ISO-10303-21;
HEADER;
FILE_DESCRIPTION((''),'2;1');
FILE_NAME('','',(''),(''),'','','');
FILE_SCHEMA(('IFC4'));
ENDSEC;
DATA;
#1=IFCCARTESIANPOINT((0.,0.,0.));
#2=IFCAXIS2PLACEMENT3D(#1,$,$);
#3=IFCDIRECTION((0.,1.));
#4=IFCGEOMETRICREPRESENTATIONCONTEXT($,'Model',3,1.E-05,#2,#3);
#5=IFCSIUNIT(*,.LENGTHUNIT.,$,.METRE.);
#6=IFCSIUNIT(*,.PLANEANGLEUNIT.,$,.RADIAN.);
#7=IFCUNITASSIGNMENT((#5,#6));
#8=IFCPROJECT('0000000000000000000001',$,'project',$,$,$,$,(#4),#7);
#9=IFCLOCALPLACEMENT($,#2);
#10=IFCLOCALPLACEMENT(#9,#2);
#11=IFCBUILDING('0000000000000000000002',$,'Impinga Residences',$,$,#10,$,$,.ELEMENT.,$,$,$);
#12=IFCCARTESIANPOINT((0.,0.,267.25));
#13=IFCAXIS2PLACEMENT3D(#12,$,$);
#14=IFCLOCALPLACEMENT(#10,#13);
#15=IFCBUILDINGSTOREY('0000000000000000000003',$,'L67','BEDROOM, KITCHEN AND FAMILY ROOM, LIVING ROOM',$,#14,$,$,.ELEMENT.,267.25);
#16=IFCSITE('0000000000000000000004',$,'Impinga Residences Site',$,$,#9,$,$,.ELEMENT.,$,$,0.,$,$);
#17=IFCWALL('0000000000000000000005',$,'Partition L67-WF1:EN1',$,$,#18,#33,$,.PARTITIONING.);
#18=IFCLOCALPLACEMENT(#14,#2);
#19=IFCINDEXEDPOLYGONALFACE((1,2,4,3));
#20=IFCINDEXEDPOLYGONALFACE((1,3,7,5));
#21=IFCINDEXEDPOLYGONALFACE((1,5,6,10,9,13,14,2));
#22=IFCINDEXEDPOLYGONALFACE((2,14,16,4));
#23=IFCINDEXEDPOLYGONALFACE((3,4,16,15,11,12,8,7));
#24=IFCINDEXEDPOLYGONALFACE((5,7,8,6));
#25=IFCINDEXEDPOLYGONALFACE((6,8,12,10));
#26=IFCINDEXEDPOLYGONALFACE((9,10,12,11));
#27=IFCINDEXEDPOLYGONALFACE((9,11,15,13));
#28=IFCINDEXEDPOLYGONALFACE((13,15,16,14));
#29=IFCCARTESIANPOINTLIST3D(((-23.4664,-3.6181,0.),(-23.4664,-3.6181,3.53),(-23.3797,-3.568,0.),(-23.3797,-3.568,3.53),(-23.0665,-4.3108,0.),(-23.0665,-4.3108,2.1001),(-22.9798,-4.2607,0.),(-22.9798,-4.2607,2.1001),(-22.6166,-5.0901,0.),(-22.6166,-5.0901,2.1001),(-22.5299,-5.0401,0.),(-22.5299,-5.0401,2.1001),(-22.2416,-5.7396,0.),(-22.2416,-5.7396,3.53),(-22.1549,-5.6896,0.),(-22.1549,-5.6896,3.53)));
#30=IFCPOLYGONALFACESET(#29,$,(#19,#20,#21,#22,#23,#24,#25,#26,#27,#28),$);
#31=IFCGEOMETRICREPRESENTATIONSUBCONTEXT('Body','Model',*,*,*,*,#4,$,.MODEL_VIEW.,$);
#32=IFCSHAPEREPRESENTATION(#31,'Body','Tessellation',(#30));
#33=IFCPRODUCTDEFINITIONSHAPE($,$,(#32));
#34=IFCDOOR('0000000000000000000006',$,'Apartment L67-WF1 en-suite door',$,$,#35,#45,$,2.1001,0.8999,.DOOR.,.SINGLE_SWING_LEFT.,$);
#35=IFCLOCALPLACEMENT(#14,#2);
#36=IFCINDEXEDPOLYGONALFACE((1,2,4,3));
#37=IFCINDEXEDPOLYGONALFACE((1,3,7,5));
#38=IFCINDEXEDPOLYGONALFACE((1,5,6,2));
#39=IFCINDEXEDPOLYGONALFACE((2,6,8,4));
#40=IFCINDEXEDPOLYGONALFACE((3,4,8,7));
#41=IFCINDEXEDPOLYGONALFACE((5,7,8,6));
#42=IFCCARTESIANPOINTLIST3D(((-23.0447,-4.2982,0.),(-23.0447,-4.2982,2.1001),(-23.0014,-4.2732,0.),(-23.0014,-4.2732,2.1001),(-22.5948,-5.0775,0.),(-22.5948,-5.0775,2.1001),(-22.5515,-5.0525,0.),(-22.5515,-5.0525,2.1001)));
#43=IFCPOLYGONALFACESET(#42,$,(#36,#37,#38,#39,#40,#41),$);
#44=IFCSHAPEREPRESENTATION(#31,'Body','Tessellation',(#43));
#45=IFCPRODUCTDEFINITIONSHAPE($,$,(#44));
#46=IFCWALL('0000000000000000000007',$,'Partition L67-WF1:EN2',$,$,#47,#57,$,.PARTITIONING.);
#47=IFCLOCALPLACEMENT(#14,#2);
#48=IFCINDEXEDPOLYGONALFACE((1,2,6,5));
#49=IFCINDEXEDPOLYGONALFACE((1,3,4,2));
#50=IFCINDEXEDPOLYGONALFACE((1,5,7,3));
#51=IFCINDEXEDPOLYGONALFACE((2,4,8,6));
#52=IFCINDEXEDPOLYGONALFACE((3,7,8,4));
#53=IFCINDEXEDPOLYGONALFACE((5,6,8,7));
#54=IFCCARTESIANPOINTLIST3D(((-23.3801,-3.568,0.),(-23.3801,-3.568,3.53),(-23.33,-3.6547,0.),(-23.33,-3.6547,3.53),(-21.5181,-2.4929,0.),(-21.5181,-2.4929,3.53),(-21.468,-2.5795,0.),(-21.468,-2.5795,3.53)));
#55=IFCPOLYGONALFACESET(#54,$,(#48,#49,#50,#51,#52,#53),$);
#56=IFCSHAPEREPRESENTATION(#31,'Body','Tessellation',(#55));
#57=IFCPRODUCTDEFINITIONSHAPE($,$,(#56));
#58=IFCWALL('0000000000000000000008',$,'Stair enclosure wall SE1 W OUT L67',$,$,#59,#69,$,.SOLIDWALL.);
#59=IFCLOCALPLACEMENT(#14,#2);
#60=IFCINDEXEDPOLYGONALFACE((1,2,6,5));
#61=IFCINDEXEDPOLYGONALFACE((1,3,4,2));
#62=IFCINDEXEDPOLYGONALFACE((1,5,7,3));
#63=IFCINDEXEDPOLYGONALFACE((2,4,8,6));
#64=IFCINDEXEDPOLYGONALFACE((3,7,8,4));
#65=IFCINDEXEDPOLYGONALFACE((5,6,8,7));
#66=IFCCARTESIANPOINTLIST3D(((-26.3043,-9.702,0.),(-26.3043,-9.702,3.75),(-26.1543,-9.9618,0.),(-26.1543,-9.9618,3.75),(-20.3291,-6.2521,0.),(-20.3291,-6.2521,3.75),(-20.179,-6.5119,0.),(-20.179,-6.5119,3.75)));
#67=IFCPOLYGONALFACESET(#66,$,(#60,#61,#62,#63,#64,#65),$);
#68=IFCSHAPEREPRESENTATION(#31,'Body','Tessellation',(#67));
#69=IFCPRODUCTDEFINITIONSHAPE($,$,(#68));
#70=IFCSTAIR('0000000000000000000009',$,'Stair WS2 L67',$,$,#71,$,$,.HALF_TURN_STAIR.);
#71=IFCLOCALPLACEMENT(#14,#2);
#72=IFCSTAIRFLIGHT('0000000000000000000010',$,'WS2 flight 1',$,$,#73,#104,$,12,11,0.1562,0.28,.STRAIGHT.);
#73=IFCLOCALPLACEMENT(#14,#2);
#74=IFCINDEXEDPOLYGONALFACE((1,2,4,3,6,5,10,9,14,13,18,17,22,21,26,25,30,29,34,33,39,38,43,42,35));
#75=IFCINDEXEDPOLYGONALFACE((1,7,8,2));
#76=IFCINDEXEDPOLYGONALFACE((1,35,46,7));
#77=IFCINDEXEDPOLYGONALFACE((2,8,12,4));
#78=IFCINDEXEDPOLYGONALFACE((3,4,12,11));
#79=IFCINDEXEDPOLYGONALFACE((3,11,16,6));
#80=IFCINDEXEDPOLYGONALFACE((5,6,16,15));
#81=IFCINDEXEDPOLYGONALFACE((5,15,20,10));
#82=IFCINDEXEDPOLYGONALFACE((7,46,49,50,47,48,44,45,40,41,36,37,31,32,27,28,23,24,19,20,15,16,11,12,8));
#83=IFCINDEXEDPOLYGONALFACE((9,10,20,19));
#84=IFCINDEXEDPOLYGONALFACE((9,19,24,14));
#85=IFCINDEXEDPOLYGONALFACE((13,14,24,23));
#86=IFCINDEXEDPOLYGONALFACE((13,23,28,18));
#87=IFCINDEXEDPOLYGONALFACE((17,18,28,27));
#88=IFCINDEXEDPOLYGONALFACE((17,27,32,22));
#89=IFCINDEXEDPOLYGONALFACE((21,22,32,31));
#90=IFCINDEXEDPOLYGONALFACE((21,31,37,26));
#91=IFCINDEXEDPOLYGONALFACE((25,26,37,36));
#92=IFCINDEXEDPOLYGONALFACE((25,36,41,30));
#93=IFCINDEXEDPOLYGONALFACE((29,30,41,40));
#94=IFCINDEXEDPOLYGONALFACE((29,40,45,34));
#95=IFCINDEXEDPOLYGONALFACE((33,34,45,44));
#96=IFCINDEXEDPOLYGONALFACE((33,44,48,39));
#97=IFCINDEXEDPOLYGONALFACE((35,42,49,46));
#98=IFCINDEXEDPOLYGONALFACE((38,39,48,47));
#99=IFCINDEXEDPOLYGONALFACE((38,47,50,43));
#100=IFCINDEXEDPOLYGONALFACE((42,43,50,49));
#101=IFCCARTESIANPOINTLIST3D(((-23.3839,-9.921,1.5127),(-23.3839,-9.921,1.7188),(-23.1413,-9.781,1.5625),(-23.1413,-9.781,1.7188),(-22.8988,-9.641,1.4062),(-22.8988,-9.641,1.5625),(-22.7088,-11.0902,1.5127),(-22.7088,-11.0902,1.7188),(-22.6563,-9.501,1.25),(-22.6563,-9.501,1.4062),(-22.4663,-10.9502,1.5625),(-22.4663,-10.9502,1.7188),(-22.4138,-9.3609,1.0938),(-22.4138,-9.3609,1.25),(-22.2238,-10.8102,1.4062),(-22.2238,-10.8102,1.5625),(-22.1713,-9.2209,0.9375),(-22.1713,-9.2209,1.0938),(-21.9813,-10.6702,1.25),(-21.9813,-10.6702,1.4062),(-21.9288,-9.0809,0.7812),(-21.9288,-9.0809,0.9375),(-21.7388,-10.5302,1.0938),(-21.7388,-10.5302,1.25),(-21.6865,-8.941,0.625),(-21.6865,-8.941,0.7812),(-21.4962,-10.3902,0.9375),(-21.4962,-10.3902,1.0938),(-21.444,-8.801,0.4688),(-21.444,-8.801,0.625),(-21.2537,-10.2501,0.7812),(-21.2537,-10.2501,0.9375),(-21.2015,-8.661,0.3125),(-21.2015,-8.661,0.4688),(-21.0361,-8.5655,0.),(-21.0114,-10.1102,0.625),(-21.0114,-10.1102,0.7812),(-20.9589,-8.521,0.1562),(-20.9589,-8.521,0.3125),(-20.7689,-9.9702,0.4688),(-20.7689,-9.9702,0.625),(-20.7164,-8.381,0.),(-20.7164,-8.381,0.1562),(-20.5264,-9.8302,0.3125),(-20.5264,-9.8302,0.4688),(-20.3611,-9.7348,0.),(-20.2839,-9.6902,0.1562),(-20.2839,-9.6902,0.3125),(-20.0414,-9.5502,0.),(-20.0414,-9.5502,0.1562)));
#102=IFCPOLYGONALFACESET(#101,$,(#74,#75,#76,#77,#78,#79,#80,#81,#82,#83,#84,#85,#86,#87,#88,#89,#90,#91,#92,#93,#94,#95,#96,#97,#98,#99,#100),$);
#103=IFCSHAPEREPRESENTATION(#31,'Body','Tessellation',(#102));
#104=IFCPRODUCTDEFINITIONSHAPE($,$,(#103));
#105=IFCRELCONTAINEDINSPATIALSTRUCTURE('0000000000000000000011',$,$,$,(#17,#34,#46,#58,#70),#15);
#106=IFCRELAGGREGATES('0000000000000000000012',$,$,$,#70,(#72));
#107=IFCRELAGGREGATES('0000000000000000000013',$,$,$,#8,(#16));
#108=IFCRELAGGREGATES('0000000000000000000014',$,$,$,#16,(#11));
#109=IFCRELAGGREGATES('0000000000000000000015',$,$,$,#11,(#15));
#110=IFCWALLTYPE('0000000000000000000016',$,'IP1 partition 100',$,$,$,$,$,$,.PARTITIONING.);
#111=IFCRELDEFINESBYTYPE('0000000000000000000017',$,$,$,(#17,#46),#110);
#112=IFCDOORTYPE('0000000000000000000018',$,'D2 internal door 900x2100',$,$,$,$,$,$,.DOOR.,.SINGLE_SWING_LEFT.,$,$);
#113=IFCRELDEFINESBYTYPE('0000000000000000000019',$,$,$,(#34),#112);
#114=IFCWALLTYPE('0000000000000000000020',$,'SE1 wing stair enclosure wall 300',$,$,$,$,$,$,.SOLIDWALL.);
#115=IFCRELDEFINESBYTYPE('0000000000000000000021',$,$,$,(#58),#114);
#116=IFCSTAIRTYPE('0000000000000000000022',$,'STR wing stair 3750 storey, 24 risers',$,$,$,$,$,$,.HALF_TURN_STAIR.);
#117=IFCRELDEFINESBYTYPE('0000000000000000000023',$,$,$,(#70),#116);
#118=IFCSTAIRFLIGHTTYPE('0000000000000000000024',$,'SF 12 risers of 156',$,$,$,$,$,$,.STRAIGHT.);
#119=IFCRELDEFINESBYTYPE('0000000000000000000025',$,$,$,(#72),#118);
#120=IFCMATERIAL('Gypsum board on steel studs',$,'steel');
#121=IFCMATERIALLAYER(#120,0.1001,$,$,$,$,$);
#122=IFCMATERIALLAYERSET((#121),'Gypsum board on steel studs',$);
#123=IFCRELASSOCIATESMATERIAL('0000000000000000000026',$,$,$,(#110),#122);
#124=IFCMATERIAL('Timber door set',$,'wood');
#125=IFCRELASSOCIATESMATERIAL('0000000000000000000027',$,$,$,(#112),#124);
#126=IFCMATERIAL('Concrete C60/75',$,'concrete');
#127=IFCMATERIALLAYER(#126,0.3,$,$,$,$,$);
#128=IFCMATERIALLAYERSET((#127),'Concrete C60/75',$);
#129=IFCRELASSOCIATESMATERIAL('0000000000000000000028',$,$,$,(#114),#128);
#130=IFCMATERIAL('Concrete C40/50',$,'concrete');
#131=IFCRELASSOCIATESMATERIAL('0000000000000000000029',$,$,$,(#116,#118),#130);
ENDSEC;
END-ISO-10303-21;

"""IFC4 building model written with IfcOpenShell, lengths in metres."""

from ifc_helpers import new_model, si_unit, direction, frame, frame_2d, origin, place, context, subcontext, project, spatial, polyline, rectangle, outline, extrude, material, layer, layer_set, type_object, element, fill, aggregate, save


model = new_model("IFC4")

# Units and contexts
model_context = context("Model", 3, precision=1e-05, world=origin(), true_north=direction((0.0, 1.0)))
body_context = subcontext(model_context, "Body", "Model", "MODEL_VIEW")
ifc_project = project(units=[si_unit("LENGTHUNIT", "METRE"), si_unit("PLANEANGLEUNIT", "RADIAN")], contexts=[model_context])

# Site, building, storey
site_placement = place(None, origin())
site = spatial("IfcSite", under=ifc_project, at=site_placement, Name="Impinga Residences Site", CompositionType="ELEMENT", RefElevation=0.0)
building_placement = place(site_placement, origin())
building = spatial("IfcBuilding", under=site, at=building_placement, Name="Impinga Residences", CompositionType="ELEMENT")
storey_placement = place(building_placement, frame((0.0, 0.0, 267.25)))
storey = spatial("IfcBuildingStorey", under=building, at=storey_placement, Name="L67", Description="BEDROOM, KITCHEN AND FAMILY ROOM, LIVING ROOM", CompositionType="ELEMENT", Elevation=267.25)

# Shared definitions
ifc_material_1 = material(Name="Concrete C60/75", Category="concrete")

# Shared definitions
ifc_material_2 = material(Name="Gypsum board on steel studs", Category="steel")
ifc_layer_1 = layer(ifc_material_2, 0.1001)
ifc_layer_set_1 = layer_set([ifc_layer_1], Name="Gypsum board on steel studs")
wall_type_1 = type_object("IfcWallType", Name="IP1 partition 100", PredefinedType="PARTITIONING", material=ifc_layer_set_1)

# Wall, opening, door
wall_1_placement = place(storey_placement, frame((-22.1982, -5.7146, 0.0), z_axis=(0.0, 0.0, 1.0), x_axis=(-0.499987, 0.866033, 0.0)))
wall_1 = element("IfcWall", 1, at=wall_1_placement, inside=storey, type_object=wall_type_1, Name="Partition L67-WF1:EN1", PredefinedType="PARTITIONING", context=body_context, shape_type="SweptSolid", body=[
    extrude(rectangle(XDim=2.4497, YDim=0.1001, at=frame_2d((1.2249, 0.0))), origin(), (0.0, 0.0, 1.0), 3.53),
])
opening_1_placement = place(wall_1_placement, frame((0.75, 0.0, 0.0)))
opening_1 = element("IfcOpeningElement", 2, at=opening_1_placement, cuts=wall_1, PredefinedType="OPENING", context=body_context, shape_type="SweptSolid", body=[
    extrude(rectangle(XDim=0.8999, YDim=2.1001, at=frame_2d((0.45, 1.05))), frame((0.0, 0.0601, 0.0), z_axis=(0.0, -1.0, 0.0), x_axis=(1.0, 0.0, 0.0)), (0.0, 0.0, 1.0), 0.1201),
])
ifc_material_3 = material(Name="Timber door set", Category="wood")
door_type = type_object("IfcDoorType", Name="D2 internal door 900x2100", OperationType="SINGLE_SWING_LEFT", PredefinedType="DOOR", material=ifc_material_3)
door_placement = place(opening_1_placement, origin())
door = element("IfcDoor", 3, at=door_placement, inside=storey, type_object=door_type, Name="Apartment L67-WF1 en-suite door", OperationType="SINGLE_SWING_LEFT", OverallHeight=2.1001, OverallWidth=0.8999, PredefinedType="DOOR", context=body_context, shape_type="SweptSolid", body=[
    extrude(rectangle(XDim=0.8999, YDim=2.1001, at=frame_2d((0.45, 1.05))), frame((0.0, 0.0249, 0.0), z_axis=(0.0, -1.0, 0.0), x_axis=(1.0, 0.0, 0.0)), (0.0, 0.0, 1.0), 0.05),
])
fill(opening_1, door)

# Walls
wall_2_placement = place(storey_placement, frame((-21.4929, -2.5361, 0.0), z_axis=(0.0, 0.0, 1.0), x_axis=(-0.865998, -0.500047, 0.0)))
element("IfcWall", 4, at=wall_2_placement, inside=storey, type_object=wall_type_1, Name="Partition L67-WF1:EN2", PredefinedType="PARTITIONING", context=body_context, shape_type="SweptSolid", body=[
    extrude(rectangle(XDim=2.1501, YDim=0.1001, at=frame_2d((1.0752, 0.0))), origin(), (0.0, 0.0, 1.0), 3.53),
])
ifc_layer_2 = layer(ifc_material_1, 0.3)
ifc_layer_set_2 = layer_set([ifc_layer_2], Name="Concrete C60/75")
wall_type_2 = type_object("IfcWallType", Name="SE1 wing stair enclosure wall 300", PredefinedType="SOLIDWALL", material=ifc_layer_set_2)
wall_3_placement = place(storey_placement, frame((-20.2542, -6.3821, 0.0), z_axis=(0.0, 0.0, 1.0), x_axis=(-0.86602, -0.500009, 0.0)))
element("IfcWall", 5, at=wall_3_placement, inside=storey, type_object=wall_type_2, Name="Stair enclosure wall SE1 W OUT L67", PredefinedType="SOLIDWALL", context=body_context, shape_type="SweptSolid", body=[
    extrude(rectangle(XDim=6.8997, YDim=0.3, at=frame_2d((3.4497, 0.0))), origin(), (0.0, 0.0, 1.0), 3.75),
])

# Stair, stair flight
ifc_material_4 = material(Name="Concrete C40/50", Category="concrete")
stair_type = type_object("IfcStairType", Name="STR wing stair 3750 storey, 24 risers", PredefinedType="HALF_TURN_STAIR", material=ifc_material_4)
stair_placement = place(storey_placement, origin())
stair = element("IfcStair", 6, at=stair_placement, inside=storey, type_object=stair_type, Name="Stair WS2 L67", PredefinedType="HALF_TURN_STAIR")
stair_flight_type = type_object("IfcStairFlightType", Name="SF 12 risers of 156", PredefinedType="STRAIGHT", material=ifc_material_4)
stair_flight_placement = place(storey_placement, frame((-20.3789, -8.9656, 0.0), z_axis=(0.0, 0.0, 1.0), x_axis=(-0.866025, -0.5, 0.0)))
stair_flight = element("IfcStairFlight", 7, at=stair_flight_placement, type_object=stair_flight_type, Name="WS2 flight 1", NumberOfRisers=12, NumberOfTreads=11, PredefinedType="STRAIGHT", RiserHeight=0.1562, TreadLength=0.28, context=body_context, shape_type="SweptSolid", body=[
    extrude(outline(polyline([(0.0, 0.0), (0.0, 0.1562), (0.28, 0.1562), (0.28, 0.3125), (0.5601, 0.3125), (0.5601, 0.4688), (0.8401, 0.4688), (0.8401, 0.625), (1.1201, 0.625), (1.1201, 0.7812), (1.3999, 0.7812), (1.3999, 0.9375), (1.6799, 0.9375), (1.6799, 1.0938), (1.96, 1.0938), (1.96, 1.25), (2.24, 1.25), (2.24, 1.4062), (2.52, 1.4062), (2.52, 1.5625), (2.8, 1.5625), (2.8, 1.7188), (3.0801, 1.7188), (3.0801, 1.875), (3.0801, 1.5127), (0.3691, 0.0), (0.0, 0.0)])), frame((0.0, 0.675, 0.0), z_axis=(0.0, -1.0, 0.0), x_axis=(1.0, 0.0, 0.0)), (0.0, 0.0, 1.0), 1.3501),
])
aggregate(stair, [stair_flight])

save(model, "model.ifc")
